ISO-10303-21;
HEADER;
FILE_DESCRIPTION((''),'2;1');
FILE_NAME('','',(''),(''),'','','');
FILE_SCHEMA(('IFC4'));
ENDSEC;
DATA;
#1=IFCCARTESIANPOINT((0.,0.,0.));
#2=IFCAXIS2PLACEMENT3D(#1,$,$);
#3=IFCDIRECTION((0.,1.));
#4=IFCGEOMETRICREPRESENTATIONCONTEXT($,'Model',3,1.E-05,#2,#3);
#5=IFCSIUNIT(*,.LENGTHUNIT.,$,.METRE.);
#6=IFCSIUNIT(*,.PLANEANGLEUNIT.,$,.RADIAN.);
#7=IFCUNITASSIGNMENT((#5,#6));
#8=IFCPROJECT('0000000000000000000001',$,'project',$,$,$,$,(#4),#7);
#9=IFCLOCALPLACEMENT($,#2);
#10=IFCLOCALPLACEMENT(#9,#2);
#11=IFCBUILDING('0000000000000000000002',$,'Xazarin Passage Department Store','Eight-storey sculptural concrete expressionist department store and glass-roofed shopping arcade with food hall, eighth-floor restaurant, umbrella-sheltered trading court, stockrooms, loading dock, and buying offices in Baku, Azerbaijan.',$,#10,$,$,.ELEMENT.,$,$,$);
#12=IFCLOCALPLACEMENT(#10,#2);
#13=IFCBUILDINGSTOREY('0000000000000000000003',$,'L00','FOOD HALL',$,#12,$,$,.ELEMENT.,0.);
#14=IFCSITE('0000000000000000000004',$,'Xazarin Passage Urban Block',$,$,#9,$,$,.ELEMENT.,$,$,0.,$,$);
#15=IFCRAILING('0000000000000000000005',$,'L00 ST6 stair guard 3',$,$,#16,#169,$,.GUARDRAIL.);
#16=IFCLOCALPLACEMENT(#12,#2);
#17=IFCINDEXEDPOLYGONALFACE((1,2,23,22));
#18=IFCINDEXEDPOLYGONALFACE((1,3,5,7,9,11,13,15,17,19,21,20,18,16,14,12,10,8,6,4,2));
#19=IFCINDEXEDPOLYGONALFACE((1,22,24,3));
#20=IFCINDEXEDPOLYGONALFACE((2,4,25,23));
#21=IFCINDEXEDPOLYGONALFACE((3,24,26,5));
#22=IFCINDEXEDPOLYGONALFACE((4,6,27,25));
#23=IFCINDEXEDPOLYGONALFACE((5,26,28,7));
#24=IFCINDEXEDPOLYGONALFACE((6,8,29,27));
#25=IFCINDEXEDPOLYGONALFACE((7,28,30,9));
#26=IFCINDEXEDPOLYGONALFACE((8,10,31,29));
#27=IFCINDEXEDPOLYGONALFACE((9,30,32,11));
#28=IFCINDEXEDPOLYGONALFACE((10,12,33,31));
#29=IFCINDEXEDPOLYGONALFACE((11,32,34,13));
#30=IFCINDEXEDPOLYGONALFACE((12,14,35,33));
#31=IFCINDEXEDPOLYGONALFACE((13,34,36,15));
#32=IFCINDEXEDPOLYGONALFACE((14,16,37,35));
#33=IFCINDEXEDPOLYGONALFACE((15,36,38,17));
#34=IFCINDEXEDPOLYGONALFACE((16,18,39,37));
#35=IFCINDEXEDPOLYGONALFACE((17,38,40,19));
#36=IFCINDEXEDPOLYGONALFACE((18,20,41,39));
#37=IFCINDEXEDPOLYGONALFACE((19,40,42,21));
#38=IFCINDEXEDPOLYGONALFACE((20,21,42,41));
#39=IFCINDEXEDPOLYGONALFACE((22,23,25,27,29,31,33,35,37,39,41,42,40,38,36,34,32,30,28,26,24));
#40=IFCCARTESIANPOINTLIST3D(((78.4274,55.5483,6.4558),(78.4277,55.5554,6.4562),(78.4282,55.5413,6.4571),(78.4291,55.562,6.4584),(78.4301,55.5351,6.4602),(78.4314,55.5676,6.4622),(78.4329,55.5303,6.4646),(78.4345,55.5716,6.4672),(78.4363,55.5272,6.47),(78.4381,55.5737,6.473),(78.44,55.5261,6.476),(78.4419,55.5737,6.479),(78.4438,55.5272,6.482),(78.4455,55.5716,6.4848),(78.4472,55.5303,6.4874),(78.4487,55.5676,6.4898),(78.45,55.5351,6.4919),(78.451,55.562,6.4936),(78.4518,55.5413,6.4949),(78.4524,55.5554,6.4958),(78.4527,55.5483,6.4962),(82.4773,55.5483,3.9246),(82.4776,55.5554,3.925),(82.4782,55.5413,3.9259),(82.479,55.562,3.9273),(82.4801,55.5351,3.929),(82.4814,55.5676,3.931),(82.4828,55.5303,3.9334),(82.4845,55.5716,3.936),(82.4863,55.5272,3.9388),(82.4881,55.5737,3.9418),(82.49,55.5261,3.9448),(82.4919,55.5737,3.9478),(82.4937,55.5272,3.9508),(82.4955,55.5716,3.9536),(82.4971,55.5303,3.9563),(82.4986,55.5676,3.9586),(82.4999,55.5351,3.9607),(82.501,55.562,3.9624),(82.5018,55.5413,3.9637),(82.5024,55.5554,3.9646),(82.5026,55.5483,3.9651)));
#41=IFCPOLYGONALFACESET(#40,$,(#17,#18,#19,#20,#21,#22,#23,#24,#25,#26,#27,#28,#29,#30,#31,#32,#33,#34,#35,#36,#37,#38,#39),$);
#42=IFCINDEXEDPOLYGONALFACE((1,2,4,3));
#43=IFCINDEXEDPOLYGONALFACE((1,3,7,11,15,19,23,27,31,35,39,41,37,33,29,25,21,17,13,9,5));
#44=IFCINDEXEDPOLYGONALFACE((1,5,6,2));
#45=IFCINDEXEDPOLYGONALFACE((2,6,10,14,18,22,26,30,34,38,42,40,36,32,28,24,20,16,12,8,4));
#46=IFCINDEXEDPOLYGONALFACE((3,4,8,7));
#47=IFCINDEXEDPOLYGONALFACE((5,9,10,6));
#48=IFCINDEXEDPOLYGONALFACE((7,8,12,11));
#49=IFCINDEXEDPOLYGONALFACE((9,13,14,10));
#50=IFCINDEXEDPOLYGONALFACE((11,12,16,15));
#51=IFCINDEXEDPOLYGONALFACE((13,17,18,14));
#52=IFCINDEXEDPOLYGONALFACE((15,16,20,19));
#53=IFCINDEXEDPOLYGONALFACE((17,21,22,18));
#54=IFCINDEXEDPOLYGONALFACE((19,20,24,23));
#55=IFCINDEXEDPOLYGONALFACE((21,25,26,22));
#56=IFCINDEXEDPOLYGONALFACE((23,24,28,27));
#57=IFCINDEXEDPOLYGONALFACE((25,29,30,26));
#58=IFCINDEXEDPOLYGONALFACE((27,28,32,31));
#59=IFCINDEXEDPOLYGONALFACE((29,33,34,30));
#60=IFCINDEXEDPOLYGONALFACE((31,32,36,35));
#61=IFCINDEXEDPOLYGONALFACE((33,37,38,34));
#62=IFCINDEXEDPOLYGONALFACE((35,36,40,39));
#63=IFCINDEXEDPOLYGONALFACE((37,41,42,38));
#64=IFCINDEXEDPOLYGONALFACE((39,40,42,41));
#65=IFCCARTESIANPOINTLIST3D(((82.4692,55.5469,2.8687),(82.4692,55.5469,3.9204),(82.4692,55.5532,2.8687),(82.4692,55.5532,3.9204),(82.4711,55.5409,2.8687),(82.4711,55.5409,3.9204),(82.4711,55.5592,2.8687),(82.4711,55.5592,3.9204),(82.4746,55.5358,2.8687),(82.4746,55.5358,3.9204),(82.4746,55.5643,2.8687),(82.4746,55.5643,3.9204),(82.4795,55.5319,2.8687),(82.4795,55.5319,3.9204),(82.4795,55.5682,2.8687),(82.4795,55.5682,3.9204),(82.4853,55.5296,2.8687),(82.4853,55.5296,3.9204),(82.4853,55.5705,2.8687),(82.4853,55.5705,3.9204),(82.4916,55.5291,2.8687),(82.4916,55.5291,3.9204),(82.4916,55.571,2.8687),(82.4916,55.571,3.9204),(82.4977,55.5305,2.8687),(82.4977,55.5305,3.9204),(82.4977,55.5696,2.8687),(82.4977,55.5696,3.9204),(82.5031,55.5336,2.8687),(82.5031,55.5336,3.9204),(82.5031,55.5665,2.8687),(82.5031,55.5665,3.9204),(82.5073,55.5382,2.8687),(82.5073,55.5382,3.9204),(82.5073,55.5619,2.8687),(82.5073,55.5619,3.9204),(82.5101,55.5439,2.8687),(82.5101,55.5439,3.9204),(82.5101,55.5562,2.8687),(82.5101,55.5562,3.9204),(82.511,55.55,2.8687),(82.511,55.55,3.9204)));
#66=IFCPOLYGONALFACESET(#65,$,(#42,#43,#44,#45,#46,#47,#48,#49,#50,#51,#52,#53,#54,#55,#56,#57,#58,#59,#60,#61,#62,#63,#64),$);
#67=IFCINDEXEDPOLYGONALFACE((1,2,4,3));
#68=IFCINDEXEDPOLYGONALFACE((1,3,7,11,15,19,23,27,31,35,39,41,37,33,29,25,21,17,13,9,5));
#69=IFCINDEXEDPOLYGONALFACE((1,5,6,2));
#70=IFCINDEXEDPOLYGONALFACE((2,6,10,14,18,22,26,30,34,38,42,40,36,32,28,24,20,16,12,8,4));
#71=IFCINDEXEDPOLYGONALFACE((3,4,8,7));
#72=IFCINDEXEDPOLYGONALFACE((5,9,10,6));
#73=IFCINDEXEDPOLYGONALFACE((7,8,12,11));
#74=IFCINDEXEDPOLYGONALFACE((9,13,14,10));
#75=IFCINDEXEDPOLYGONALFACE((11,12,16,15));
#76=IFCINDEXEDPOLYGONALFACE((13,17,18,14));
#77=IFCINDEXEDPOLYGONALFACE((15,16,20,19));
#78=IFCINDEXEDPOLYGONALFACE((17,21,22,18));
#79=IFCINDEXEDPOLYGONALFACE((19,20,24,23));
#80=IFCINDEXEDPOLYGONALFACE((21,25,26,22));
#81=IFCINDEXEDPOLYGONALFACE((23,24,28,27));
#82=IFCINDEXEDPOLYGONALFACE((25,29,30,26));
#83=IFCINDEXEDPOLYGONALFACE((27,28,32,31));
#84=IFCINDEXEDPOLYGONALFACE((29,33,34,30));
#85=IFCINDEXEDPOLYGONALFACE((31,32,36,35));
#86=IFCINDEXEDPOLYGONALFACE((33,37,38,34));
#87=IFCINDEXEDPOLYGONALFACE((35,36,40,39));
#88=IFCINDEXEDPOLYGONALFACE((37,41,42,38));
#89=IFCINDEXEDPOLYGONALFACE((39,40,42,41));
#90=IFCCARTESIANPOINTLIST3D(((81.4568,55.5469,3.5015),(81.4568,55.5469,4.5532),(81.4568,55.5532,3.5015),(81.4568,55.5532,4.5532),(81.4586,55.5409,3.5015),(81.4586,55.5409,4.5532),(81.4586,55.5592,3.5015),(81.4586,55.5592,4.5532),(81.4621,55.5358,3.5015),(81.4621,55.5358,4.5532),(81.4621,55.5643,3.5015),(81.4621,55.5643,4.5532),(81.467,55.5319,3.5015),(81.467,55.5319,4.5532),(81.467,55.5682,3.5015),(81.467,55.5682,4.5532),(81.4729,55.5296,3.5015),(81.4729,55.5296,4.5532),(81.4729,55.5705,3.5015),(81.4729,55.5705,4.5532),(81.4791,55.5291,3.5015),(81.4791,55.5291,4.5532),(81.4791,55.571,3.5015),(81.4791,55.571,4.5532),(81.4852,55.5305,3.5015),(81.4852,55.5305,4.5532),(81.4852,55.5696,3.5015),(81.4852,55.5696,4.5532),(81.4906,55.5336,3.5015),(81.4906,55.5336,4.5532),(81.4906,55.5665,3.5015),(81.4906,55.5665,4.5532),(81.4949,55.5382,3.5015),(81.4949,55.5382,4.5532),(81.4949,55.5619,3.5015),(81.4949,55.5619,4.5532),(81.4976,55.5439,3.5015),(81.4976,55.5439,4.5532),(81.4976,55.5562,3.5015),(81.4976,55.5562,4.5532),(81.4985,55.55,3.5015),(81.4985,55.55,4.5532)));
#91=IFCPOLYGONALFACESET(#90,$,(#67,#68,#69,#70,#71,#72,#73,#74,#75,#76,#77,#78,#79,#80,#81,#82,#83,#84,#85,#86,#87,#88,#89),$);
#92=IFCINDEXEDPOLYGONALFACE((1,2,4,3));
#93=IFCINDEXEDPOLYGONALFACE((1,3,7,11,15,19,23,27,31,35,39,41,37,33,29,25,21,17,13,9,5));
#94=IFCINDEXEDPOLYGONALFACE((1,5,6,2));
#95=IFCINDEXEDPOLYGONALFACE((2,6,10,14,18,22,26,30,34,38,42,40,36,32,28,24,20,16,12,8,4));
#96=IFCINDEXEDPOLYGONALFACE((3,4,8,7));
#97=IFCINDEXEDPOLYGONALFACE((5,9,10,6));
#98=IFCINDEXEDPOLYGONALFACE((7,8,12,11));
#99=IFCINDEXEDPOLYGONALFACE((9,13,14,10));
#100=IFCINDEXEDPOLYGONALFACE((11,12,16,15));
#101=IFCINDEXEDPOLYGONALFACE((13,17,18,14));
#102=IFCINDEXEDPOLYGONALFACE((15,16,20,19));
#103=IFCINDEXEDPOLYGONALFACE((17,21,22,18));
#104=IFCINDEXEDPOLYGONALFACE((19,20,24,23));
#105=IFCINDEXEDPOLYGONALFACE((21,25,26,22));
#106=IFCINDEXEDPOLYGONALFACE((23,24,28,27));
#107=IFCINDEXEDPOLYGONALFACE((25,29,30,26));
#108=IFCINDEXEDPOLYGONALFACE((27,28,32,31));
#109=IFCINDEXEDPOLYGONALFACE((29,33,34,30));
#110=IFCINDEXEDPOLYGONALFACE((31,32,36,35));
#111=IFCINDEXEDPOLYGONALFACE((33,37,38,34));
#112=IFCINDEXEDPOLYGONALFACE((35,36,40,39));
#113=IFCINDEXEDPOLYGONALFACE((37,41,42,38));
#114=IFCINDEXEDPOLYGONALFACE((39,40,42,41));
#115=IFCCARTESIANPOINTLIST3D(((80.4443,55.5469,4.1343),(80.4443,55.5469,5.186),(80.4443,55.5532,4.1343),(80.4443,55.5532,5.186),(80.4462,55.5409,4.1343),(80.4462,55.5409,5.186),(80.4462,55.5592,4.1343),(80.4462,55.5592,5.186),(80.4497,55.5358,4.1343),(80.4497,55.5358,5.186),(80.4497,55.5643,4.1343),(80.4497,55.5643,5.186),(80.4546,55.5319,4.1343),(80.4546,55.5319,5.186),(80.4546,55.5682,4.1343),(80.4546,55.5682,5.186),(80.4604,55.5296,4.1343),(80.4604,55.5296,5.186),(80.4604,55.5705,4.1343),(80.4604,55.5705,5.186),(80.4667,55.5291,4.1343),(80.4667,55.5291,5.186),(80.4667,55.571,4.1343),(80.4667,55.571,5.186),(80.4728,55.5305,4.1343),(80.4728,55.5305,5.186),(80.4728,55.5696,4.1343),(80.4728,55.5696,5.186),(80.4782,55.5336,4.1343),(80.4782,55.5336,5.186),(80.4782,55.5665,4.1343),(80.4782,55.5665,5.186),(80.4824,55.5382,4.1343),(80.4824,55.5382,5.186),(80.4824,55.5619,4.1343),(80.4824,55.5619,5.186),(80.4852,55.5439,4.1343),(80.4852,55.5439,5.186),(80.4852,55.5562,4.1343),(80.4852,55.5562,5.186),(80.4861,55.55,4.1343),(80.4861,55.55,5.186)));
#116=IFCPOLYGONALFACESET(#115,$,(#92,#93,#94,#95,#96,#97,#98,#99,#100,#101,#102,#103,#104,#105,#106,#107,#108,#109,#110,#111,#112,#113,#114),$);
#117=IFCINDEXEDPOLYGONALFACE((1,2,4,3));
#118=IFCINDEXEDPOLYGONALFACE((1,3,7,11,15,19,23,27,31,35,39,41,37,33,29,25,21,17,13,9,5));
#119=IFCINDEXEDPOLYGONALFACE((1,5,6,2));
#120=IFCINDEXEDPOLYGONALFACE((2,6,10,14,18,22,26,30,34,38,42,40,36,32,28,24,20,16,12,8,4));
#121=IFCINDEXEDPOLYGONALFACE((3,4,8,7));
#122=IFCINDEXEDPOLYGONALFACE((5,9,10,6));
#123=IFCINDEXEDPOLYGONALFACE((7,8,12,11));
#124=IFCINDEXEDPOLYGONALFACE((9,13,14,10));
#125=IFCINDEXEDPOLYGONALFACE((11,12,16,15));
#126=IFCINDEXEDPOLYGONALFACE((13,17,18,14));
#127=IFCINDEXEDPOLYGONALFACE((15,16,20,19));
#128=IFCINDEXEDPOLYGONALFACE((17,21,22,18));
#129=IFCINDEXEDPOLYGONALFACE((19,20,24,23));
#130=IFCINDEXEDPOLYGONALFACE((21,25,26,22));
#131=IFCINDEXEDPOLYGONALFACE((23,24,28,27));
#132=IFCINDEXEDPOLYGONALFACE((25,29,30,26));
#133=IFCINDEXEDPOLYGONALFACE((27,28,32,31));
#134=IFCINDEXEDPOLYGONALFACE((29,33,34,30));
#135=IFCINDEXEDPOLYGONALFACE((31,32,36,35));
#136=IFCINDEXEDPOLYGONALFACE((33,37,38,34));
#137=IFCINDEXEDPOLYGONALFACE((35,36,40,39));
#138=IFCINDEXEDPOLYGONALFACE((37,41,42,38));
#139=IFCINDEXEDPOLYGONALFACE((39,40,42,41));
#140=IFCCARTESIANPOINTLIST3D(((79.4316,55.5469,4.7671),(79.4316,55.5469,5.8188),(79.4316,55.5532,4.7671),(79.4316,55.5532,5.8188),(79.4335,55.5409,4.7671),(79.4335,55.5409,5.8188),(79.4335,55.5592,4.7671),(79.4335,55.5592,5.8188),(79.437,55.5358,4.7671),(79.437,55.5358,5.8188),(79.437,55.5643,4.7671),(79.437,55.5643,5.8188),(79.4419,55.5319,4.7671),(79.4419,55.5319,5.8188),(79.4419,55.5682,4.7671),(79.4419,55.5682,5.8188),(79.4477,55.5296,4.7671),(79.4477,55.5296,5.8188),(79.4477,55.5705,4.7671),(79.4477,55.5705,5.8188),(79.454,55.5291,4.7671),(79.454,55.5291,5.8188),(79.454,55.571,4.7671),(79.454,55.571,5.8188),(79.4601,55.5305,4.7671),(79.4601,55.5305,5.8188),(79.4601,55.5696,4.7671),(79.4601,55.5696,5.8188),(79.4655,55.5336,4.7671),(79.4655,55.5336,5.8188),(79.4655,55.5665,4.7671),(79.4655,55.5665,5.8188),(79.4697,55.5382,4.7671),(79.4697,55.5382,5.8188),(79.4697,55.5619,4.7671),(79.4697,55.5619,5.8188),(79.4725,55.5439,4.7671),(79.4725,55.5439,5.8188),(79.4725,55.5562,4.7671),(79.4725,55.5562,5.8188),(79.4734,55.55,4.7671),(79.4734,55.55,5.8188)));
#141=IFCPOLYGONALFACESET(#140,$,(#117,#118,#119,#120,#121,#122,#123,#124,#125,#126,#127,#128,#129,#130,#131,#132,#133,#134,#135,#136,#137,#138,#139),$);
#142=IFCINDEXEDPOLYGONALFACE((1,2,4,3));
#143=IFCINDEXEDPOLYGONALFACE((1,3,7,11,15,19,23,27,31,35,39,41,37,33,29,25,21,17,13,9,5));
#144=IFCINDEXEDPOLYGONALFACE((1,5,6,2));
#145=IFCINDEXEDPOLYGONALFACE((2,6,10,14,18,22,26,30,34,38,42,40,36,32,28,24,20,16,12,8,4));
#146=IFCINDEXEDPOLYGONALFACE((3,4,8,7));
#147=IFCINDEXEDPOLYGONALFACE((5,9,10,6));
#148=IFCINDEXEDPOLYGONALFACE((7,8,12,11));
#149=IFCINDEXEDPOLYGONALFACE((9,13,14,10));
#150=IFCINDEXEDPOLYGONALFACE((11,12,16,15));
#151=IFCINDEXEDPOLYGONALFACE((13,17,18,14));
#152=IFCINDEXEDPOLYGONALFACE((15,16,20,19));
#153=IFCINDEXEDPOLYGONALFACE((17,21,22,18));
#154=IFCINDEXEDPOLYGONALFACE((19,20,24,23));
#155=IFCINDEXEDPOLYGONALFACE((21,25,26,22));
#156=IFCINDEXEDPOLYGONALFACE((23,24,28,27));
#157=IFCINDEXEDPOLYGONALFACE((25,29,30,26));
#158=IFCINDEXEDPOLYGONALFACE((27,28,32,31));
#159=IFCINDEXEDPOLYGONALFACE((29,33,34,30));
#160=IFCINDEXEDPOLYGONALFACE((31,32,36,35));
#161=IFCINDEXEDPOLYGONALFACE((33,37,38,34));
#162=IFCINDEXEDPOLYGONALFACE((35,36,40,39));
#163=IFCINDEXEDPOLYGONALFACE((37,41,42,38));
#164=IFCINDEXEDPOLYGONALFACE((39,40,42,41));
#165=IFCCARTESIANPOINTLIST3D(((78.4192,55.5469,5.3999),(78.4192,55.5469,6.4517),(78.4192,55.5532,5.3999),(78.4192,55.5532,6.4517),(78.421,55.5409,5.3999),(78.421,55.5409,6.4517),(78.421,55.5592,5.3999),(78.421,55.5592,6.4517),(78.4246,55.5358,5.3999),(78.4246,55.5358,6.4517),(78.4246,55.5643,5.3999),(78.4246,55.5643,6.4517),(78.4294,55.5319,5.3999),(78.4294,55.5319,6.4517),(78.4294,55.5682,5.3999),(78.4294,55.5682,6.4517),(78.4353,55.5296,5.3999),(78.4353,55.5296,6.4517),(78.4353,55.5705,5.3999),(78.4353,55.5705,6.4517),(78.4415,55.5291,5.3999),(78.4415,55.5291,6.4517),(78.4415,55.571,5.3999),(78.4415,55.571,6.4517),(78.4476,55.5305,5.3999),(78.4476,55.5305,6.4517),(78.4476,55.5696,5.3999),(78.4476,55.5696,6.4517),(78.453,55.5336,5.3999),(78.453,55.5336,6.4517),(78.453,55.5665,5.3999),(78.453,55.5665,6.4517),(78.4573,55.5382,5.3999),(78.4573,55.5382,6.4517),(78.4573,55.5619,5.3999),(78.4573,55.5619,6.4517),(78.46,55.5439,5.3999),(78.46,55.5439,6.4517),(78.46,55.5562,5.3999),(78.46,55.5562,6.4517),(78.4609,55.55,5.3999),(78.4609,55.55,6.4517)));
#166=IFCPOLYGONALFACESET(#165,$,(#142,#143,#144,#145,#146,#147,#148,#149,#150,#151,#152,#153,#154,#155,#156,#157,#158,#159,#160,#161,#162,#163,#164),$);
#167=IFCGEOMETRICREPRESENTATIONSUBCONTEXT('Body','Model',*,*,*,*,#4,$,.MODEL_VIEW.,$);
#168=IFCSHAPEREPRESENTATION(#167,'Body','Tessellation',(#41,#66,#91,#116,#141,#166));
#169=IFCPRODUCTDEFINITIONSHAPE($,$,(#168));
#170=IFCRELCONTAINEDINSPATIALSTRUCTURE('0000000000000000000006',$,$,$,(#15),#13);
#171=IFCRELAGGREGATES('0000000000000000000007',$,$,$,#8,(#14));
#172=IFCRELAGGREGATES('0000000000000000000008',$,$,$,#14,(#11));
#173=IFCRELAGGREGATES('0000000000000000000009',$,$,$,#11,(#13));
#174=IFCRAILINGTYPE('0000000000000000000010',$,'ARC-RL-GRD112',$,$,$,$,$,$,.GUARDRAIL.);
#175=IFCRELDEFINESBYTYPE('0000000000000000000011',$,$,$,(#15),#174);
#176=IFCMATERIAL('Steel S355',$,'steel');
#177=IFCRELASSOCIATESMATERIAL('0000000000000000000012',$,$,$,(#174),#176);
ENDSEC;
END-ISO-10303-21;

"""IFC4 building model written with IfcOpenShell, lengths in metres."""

from ifc_helpers import new_model, si_unit, direction, frame, origin, origin_2d, place, context, subcontext, project, spatial, circle, extrude, material, type_object, element, save


model = new_model("IFC4")

# Units and contexts
model_context = context("Model", 3, precision=1e-05, world=origin(), true_north=direction((0.0, 1.0)))
body_context = subcontext(model_context, "Body", "Model", "MODEL_VIEW")
ifc_project = project(units=[si_unit("LENGTHUNIT", "METRE"), si_unit("PLANEANGLEUNIT", "RADIAN")], contexts=[model_context])

# Site, building, storey
site_placement = place(None, origin())
site = spatial("IfcSite", under=ifc_project, at=site_placement, Name="Xazarin Passage Urban Block", CompositionType="ELEMENT", RefElevation=0.0)
building_placement = place(site_placement, origin())
building = spatial("IfcBuilding", under=site, at=building_placement, Name="Xazarin Passage Department Store", Description="Eight-storey sculptural concrete expressionist department store and glass-roofed shopping arcade with food hall, eighth-floor restaurant, umbrella-sheltered trading court, stockrooms, loading dock, and buying offices in Baku, Azerbaijan.", CompositionType="ELEMENT")
storey_placement = place(building_placement, origin())
storey = spatial("IfcBuildingStorey", under=building, at=storey_placement, Name="L00", Description="FOOD HALL", CompositionType="ELEMENT", Elevation=0.0)

# Railing
ifc_material_1 = material(Name="Steel S355", Category="steel")
railing_type_1 = type_object("IfcRailingType", Name="ARC-RL-GRD112", PredefinedType="GUARDRAIL", material=ifc_material_1)
railing_1_placement = place(storey_placement, frame((82.49, 55.55, 2.8687)))
element("IfcRailing", 1, at=railing_1_placement, inside=storey, type_object=railing_type_1, Name="L00 ST6 stair guard 3", PredefinedType="GUARDRAIL", context=body_context, shape_type="SweptSolid", body=[
    extrude(circle(Radius=0.0239, at=origin_2d()), frame((0.0, 0.0, 1.0762), z_axis=(-0.848001, 0.0, 0.529994), x_axis=(0.0, -1.0, 0.0)), (0.0, 0.0, 1.0), 4.7759),
    extrude(circle(Radius=0.021, at=origin_2d()), origin(), (0.0, 0.0, 1.0), 1.0518),
    extrude(circle(Radius=0.021, at=origin_2d()), frame((-1.0125, 0.0, 0.6328)), (0.0, 0.0, 1.0), 1.0518),
    extrude(circle(Radius=0.021, at=origin_2d()), frame((-2.0249, 0.0, 1.2656)), (0.0, 0.0, 1.0), 1.0518),
    extrude(circle(Radius=0.021, at=origin_2d()), frame((-3.0376, 0.0, 1.8984)), (0.0, 0.0, 1.0), 1.0518),
    extrude(circle(Radius=0.021, at=origin_2d()), frame((-4.05, 0.0, 2.5312)), (0.0, 0.0, 1.0), 1.0518),
])

save(model, "model.ifc")
